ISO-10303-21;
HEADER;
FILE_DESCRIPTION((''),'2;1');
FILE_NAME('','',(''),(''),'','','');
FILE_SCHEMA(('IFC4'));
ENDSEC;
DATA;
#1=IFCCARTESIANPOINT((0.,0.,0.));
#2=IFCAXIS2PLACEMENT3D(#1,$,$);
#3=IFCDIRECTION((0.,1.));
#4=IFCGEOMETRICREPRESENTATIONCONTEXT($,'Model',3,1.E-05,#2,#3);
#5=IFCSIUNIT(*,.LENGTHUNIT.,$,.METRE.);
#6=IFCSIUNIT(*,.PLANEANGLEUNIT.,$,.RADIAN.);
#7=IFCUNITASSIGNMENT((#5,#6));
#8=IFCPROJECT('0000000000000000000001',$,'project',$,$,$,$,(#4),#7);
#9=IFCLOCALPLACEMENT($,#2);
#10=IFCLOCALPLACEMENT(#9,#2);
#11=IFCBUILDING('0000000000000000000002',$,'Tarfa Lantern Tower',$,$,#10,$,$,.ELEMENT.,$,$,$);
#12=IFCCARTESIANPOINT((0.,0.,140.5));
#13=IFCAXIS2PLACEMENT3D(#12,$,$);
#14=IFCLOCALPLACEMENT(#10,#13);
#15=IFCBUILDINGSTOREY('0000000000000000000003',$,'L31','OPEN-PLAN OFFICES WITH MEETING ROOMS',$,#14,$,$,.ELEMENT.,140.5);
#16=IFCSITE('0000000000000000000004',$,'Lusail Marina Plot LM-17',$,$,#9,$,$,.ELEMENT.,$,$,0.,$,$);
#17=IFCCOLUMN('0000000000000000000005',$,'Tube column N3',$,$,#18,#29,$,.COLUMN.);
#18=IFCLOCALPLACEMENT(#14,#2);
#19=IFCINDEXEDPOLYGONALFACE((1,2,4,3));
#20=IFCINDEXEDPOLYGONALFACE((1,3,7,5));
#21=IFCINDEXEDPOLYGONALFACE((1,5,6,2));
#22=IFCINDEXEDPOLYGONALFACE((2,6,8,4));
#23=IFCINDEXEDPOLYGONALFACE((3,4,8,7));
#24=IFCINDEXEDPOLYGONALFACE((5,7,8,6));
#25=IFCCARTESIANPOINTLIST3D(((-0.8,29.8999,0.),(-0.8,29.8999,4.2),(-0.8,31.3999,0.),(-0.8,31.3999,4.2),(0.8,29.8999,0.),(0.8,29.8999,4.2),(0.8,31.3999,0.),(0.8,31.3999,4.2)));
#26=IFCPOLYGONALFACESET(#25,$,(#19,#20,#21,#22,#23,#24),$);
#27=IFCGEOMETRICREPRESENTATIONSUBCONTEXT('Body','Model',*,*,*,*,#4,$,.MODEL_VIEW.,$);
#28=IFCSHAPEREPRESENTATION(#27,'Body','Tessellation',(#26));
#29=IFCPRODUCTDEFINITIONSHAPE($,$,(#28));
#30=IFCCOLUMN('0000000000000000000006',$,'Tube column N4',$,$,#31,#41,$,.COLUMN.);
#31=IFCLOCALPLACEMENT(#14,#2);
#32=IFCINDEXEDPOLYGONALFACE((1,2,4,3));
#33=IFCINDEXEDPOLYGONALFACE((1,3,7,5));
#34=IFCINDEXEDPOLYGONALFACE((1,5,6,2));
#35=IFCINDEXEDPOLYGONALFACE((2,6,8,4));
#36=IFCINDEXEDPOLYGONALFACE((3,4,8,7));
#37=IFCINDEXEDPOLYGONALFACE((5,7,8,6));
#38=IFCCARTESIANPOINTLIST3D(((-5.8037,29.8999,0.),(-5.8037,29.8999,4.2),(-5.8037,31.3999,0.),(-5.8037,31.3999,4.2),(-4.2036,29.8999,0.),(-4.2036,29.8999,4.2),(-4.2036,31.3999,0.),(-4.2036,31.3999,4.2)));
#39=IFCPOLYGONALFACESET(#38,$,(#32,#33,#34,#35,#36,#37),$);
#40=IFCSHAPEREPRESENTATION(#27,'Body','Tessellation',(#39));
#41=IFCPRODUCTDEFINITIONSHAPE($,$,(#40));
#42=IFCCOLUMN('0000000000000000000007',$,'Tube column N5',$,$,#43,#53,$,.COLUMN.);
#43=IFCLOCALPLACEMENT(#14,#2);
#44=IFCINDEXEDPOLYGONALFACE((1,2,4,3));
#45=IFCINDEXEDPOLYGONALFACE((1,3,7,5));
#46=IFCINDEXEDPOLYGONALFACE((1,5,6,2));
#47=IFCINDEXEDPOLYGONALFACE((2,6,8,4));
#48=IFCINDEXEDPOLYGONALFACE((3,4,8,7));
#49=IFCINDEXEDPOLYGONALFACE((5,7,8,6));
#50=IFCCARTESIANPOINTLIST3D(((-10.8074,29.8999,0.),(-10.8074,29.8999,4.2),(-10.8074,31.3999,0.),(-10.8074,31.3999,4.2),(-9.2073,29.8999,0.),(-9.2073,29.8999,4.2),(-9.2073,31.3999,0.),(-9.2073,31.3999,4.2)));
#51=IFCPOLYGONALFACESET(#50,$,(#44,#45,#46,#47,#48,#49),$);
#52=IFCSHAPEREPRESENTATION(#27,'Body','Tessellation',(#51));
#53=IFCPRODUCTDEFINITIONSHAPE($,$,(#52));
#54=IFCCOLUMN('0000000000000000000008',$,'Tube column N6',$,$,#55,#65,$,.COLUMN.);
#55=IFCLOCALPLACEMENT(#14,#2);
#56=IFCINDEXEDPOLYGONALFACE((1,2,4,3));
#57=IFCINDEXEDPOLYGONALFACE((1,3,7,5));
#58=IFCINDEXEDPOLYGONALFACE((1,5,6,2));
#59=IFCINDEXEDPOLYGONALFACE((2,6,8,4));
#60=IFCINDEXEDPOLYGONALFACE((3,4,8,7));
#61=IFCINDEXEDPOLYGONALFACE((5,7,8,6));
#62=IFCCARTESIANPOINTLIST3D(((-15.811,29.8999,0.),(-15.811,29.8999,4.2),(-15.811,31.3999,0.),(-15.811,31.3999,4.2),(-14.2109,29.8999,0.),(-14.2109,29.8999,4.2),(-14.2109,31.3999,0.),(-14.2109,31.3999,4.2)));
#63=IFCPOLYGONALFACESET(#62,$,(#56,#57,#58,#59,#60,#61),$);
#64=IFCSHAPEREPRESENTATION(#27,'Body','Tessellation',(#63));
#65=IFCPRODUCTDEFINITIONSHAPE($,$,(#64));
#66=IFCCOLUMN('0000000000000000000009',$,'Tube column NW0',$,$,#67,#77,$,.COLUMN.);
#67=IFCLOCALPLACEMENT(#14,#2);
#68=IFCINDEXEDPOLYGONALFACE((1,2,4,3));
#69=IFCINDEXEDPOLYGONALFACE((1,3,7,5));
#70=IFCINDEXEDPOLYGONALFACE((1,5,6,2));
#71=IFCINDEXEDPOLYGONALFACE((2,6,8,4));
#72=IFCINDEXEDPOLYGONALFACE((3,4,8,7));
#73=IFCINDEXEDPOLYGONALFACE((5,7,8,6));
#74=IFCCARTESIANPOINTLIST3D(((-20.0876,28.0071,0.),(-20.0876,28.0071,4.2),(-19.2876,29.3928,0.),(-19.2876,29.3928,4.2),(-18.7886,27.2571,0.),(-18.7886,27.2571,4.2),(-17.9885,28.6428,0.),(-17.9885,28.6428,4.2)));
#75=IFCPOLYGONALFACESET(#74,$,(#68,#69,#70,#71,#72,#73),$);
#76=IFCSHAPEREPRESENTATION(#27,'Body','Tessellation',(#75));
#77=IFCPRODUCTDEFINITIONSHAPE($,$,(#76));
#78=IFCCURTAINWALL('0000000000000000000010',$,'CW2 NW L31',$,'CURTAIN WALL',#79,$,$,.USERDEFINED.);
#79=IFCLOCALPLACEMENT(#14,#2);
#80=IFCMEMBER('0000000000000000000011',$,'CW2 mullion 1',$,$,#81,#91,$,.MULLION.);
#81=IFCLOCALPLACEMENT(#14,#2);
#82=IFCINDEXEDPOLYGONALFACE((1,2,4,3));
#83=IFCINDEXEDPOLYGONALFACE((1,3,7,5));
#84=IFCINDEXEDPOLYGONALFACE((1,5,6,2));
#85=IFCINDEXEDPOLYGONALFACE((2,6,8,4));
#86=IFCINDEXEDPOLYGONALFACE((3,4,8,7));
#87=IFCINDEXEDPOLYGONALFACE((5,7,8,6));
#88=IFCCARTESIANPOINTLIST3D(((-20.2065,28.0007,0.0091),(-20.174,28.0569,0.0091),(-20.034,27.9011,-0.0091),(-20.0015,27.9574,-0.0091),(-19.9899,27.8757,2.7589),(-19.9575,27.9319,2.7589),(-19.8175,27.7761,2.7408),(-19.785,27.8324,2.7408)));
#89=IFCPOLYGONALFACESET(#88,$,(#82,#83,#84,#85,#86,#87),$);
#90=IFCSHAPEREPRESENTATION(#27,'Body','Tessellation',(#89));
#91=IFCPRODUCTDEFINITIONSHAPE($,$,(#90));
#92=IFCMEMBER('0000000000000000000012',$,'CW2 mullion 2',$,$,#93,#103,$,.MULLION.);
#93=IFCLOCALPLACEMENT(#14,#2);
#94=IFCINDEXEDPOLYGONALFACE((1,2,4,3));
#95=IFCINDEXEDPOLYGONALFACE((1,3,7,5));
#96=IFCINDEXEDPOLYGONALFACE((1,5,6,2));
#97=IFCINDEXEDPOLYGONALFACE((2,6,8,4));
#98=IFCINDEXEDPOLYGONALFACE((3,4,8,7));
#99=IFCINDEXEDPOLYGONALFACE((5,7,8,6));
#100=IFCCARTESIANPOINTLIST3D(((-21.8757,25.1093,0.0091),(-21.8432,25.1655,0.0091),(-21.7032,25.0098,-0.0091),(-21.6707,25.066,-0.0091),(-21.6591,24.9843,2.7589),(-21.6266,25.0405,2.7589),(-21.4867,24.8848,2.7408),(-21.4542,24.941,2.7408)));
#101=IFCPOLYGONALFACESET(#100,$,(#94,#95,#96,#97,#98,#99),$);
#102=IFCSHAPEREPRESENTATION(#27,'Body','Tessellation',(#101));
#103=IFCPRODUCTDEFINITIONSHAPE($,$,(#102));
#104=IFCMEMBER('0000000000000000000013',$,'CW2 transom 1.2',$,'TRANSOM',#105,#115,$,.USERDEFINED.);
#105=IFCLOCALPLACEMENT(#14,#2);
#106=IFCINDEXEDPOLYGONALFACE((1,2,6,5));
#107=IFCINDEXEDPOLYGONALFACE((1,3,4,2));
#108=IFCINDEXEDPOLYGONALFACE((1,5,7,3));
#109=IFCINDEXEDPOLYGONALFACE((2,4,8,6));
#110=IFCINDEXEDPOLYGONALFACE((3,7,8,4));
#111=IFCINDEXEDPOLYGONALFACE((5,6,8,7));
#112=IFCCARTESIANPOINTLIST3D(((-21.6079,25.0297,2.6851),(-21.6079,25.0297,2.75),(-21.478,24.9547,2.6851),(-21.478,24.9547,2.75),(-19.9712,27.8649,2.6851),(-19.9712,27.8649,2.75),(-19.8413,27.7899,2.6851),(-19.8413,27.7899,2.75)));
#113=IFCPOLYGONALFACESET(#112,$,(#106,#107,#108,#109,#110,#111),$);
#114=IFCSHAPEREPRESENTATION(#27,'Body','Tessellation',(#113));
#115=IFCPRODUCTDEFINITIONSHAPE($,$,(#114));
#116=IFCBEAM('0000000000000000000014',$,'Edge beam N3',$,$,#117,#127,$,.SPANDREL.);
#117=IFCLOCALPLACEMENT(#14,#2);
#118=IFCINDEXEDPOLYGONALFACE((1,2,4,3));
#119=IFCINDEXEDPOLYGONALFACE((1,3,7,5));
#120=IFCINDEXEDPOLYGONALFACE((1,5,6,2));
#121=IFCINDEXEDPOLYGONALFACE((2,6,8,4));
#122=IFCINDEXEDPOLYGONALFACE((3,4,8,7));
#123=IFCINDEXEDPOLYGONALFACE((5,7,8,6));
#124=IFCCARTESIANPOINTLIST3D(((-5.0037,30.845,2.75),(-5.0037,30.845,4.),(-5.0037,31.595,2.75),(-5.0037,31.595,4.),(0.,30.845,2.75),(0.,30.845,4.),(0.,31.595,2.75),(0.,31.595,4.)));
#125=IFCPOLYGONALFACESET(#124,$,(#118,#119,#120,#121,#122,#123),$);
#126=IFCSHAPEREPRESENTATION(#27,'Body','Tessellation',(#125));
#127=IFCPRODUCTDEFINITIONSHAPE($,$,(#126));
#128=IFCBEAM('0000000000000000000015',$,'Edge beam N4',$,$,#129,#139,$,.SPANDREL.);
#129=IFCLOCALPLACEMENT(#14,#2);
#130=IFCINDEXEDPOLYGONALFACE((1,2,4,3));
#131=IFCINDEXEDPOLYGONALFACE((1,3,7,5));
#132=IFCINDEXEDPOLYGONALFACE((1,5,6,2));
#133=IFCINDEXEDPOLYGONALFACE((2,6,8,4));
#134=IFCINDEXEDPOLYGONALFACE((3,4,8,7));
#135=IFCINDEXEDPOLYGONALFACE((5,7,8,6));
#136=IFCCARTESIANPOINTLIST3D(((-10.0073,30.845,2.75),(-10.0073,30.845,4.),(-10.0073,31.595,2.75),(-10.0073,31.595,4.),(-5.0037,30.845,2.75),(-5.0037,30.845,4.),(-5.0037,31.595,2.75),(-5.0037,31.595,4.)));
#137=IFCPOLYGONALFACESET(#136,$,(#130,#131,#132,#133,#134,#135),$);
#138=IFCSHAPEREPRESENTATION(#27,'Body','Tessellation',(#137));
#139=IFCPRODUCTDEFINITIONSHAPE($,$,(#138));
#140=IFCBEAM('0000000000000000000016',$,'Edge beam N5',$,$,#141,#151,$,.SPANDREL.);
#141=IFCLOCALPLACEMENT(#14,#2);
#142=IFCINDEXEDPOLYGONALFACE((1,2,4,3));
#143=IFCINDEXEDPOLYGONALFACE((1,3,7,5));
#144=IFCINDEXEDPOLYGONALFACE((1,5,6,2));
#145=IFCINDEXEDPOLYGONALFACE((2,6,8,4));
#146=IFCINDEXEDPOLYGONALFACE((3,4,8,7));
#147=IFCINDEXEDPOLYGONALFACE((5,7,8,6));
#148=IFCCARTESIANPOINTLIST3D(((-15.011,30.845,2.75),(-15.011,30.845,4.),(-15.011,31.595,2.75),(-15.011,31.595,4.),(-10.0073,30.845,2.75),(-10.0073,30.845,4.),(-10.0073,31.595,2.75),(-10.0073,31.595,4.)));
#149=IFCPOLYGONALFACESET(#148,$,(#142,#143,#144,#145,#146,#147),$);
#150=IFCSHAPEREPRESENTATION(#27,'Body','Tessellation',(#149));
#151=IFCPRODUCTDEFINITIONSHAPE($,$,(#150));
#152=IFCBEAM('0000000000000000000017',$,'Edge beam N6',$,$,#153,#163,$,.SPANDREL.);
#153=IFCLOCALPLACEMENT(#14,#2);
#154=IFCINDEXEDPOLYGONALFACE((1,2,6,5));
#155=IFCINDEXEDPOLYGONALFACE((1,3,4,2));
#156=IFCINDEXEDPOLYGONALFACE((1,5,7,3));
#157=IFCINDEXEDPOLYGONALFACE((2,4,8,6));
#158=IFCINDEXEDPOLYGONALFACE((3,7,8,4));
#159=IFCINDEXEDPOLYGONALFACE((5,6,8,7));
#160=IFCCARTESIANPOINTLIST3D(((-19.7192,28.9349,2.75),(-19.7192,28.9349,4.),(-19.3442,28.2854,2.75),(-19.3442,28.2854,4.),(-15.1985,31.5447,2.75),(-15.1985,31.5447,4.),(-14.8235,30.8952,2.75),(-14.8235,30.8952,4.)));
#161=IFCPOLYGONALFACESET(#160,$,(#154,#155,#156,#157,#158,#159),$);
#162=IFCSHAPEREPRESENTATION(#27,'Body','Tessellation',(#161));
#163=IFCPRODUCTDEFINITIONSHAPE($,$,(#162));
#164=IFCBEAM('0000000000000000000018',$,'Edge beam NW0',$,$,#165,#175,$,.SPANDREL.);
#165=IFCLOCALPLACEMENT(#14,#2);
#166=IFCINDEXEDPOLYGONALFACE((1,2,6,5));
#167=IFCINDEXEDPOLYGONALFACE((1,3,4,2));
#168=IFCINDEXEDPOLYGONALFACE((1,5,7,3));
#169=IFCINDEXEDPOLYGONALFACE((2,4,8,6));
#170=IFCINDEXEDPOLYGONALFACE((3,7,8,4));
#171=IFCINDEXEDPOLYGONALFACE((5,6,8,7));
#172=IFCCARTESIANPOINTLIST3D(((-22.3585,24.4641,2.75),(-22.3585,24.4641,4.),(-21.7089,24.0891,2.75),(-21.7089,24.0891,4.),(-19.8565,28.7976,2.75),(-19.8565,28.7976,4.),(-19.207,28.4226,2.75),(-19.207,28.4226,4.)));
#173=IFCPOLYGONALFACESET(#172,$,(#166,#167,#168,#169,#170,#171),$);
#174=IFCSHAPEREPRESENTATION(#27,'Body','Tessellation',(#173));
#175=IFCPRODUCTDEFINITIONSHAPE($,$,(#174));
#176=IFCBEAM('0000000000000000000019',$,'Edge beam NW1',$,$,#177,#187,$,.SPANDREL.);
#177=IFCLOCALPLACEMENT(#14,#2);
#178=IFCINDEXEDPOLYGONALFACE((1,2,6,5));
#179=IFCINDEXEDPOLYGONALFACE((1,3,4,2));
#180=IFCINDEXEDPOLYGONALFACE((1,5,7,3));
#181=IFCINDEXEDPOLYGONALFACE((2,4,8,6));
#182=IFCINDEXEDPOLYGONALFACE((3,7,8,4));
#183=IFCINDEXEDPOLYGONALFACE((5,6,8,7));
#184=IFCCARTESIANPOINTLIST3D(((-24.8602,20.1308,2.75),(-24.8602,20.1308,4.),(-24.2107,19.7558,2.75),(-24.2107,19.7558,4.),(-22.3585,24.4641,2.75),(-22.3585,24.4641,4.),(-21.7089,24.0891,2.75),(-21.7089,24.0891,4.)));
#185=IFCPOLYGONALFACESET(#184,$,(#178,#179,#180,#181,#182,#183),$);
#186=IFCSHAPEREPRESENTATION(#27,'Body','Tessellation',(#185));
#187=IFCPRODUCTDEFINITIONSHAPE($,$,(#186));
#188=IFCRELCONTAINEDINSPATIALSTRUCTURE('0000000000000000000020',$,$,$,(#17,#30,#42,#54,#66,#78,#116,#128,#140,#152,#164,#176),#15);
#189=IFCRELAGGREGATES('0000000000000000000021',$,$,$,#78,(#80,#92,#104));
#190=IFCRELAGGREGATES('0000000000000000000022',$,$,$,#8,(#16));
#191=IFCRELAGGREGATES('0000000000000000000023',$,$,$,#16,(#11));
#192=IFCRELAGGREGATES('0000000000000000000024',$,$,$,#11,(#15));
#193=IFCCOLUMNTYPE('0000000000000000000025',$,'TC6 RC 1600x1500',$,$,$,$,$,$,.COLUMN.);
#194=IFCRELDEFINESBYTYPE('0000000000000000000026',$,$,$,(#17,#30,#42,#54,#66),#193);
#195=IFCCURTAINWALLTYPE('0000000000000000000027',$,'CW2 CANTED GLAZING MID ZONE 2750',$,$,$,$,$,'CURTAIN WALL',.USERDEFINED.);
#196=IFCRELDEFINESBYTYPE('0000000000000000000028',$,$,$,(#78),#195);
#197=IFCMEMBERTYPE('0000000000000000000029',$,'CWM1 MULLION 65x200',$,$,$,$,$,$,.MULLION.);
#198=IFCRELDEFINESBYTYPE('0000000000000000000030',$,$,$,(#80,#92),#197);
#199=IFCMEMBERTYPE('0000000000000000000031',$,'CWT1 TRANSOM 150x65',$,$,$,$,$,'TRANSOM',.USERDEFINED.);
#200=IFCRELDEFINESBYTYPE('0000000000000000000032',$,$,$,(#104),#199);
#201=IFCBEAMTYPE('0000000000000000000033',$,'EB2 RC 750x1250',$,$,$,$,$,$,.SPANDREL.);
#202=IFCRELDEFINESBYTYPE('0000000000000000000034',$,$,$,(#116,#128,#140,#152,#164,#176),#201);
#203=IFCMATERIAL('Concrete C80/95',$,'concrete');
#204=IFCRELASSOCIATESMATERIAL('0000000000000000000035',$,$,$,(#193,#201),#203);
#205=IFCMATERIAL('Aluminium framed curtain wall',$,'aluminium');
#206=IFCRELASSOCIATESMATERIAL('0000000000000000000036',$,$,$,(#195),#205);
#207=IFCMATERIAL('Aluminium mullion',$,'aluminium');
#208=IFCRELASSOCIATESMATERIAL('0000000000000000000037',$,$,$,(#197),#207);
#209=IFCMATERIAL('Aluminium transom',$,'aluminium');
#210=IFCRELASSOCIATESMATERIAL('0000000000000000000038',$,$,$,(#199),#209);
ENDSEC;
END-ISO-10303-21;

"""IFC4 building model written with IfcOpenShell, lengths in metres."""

from ifc_helpers import new_model, si_unit, direction, frame, origin, origin_2d, place, context, subcontext, project, spatial, rectangle, extrude, material, material_profile, profile_set, type_object, element, aggregate, save


model = new_model("IFC4")

# Units and contexts
model_context = context("Model", 3, precision=1e-05, world=origin(), true_north=direction((0.0, 1.0)))
body_context = subcontext(model_context, "Body", "Model", "MODEL_VIEW")
ifc_project = project(units=[si_unit("LENGTHUNIT", "METRE"), si_unit("PLANEANGLEUNIT", "RADIAN")], contexts=[model_context])

# Site, building, storey
site_placement = place(None, origin())
site = spatial("IfcSite", under=ifc_project, at=site_placement, Name="Lusail Marina Plot LM-17", CompositionType="ELEMENT", RefElevation=0.0)
building_placement = place(site_placement, origin())
building = spatial("IfcBuilding", under=site, at=building_placement, Name="Tarfa Lantern Tower", CompositionType="ELEMENT")
storey_placement = place(building_placement, frame((0.0, 0.0, 140.5)))
storey = spatial("IfcBuildingStorey", under=building, at=storey_placement, Name="L31", Description="OPEN-PLAN OFFICES WITH MEETING ROOMS", CompositionType="ELEMENT", Elevation=140.5)

# Columns
ifc_material_1 = material(Name="Concrete C80/95", Category="concrete")
ifc_material_profile_1 = material_profile(ifc_material_1, rectangle(XDim=1.6001, YDim=1.5, at=origin_2d()), Name="RC 1600x1500")
ifc_profile_set_1 = profile_set([ifc_material_profile_1], Name="Concrete C80/95")
column_type = type_object("IfcColumnType", Name="TC6 RC 1600x1500", PredefinedType="COLUMN", material=ifc_profile_set_1)
for number, where, z_axis, x_axis, name in (
    (1, (0.0, 30.6499, 0.0), (0.0, 0.0, 1.0), (-1.0, 0.0, 0.0), "Tube column N3"),
    (2, (-5.0037, 30.6499, 0.0), (0.0, 0.0, 1.0), (-1.0, 0.0, 0.0), "Tube column N4"),
    (3, (-10.0073, 30.6499, 0.0), (0.0, 0.0, 1.0), (-1.0, 0.0, 0.0), "Tube column N5"),
    (4, (-15.011, 30.6499, 0.0), (0.0, 0.0, 1.0), (-1.0, 0.0, 0.0), "Tube column N6"),
    (5, (-19.0381, 28.325, 0.0), (0.0, 0.0, 1.0), (-0.5, -0.866025, 0.0), "Tube column NW0"),
):
    element("IfcColumn", number, at=place(storey_placement, frame(where, z_axis=z_axis, x_axis=x_axis)), inside=storey, type_object=column_type, Name=name, PredefinedType="COLUMN", context=body_context, shape_type="SweptSolid", body=[
        extrude(rectangle(XDim=1.6001, YDim=1.5, at=origin_2d()), origin(), (0.0, 0.0, 1.0), 4.2),
    ])

# Curtain wall, members
ifc_material_2 = material(Name="Aluminium framed curtain wall", Category="aluminium")
curtain_wall_type = type_object("IfcCurtainWallType", Name="CW2 CANTED GLAZING MID ZONE 2750", ElementType="CURTAIN WALL", PredefinedType="USERDEFINED", material=ifc_material_2)
curtain_wall_placement = place(storey_placement, origin())
curtain_wall = element("IfcCurtainWall", 6, at=curtain_wall_placement, inside=storey, type_object=curtain_wall_type, Name="CW2 NW L31", ObjectType="CURTAIN WALL", PredefinedType="USERDEFINED")
ifc_material_3 = material(Name="Aluminium mullion", Category="aluminium")
ifc_material_profile_2 = material_profile(ifc_material_3, rectangle(XDim=0.0649, YDim=0.2, at=origin_2d()), Name="AL MULLION 65x200")
ifc_profile_set_2 = profile_set([ifc_material_profile_2], Name="Aluminium mullion")
member_type_1 = type_object("IfcMemberType", Name="CWM1 MULLION 65x200", PredefinedType="MULLION", material=ifc_profile_set_2)
member_1_placement = place(storey_placement, frame((-20.104, 27.979, 0.0), z_axis=(0.078423, -0.045268, 0.995892), x_axis=(0.49992, 0.866072, 0.0)))
member_1 = element("IfcMember", 7, at=member_1_placement, type_object=member_type_1, Name="CW2 mullion 1", PredefinedType="MULLION", context=body_context, shape_type="SweptSolid", body=[
    extrude(rectangle(XDim=0.0649, YDim=0.2, at=origin_2d()), origin(), (0.0, 0.0, 1.0), 2.7612),
])
member_2_placement = place(storey_placement, frame((-21.7732, 25.0876, 0.0), z_axis=(0.078423, -0.045268, 0.995892), x_axis=(0.49992, 0.866072, 0.0)))
member_2 = element("IfcMember", 8, at=member_2_placement, type_object=member_type_1, Name="CW2 mullion 2", PredefinedType="MULLION", context=body_context, shape_type="SweptSolid", body=[
    extrude(rectangle(XDim=0.0649, YDim=0.2, at=origin_2d()), origin(), (0.0, 0.0, 1.0), 2.7612),
])
ifc_material_4 = material(Name="Aluminium transom", Category="aluminium")
ifc_material_profile_3 = material_profile(ifc_material_4, rectangle(XDim=0.1499, YDim=0.0649, at=origin_2d()), Name="AL TRANSOM 150x65")
ifc_profile_set_3 = profile_set([ifc_material_profile_3], Name="Aluminium transom")
member_type_2 = type_object("IfcMemberType", Name="CWT1 TRANSOM 150x65", ElementType="TRANSOM", PredefinedType="USERDEFINED", material=ifc_profile_set_3)
member_3_placement = place(storey_placement, frame((-19.9062, 27.8274, 2.7175), z_axis=(-0.499957, -0.86605, 0.0), x_axis=(0.86605, -0.499957, 0.0)))
member_3 = element("IfcMember", 9, at=member_3_placement, type_object=member_type_2, Name="CW2 transom 1.2", ObjectType="TRANSOM", PredefinedType="USERDEFINED", context=body_context, shape_type="SweptSolid", body=[
    extrude(rectangle(XDim=0.1499, YDim=0.0649, at=origin_2d()), origin(), (0.0, 0.0, 1.0), 3.2737),
])

# Beams
ifc_material_profile_4 = material_profile(ifc_material_1, rectangle(XDim=0.75, YDim=1.25, at=origin_2d()), Name="RC 750x1250")
ifc_profile_set_4 = profile_set([ifc_material_profile_4], Name="Concrete C80/95")
beam_type_1 = type_object("IfcBeamType", Name="EB2 RC 750x1250", PredefinedType="SPANDREL", material=ifc_profile_set_4)
for number, where, z_axis, x_axis, name in (
    (10, (0.0, 31.22, 3.375), (-1.0, 0.0, 0.0), (0.0, -1.0, 0.0), "Edge beam N3"),
    (11, (-5.0037, 31.22, 3.375), (-1.0, 0.0, 0.0), (0.0, -1.0, 0.0), "Edge beam N4"),
    (12, (-10.0073, 31.22, 3.375), (-1.0, 0.0, 0.0), (0.0, -1.0, 0.0), "Edge beam N5"),
):
    element("IfcBeam", number, at=place(storey_placement, frame(where, z_axis=z_axis, x_axis=x_axis)), inside=storey, type_object=beam_type_1, Name=name, PredefinedType="SPANDREL", context=body_context, shape_type="SweptSolid", body=[
        extrude(rectangle(XDim=0.75, YDim=1.25, at=origin_2d()), origin(), (0.0, 0.0, 1.0), 5.0037),
    ])
beam_1_placement = place(storey_placement, frame((-15.011, 31.22, 3.375), z_axis=(-0.866042, -0.499972, 0.0), x_axis=(0.499972, -0.866042, 0.0)))
element("IfcBeam", 13, at=beam_1_placement, inside=storey, type_object=beam_type_1, Name="Edge beam N6", PredefinedType="SPANDREL", context=body_context, shape_type="SweptSolid", body=[
    extrude(rectangle(XDim=0.75, YDim=1.25, at=origin_2d()), origin(), (0.0, 0.0, 1.0), 5.22),
])
beam_2_placement = place(storey_placement, frame((-19.5317, 28.6101, 3.375), z_axis=(-0.500001, -0.866025, 0.0), x_axis=(0.866025, -0.500001, 0.0)))
element("IfcBeam", 14, at=beam_2_placement, inside=storey, type_object=beam_type_1, Name="Edge beam NW0", PredefinedType="SPANDREL", context=body_context, shape_type="SweptSolid", body=[
    extrude(rectangle(XDim=0.75, YDim=1.25, at=origin_2d()), origin(), (0.0, 0.0, 1.0), 5.0039),
])
beam_3_placement = place(storey_placement, frame((-22.0337, 24.2766, 3.375), z_axis=(-0.499986, -0.866034, 0.0), x_axis=(0.866034, -0.499986, 0.0)))
element("IfcBeam", 15, at=beam_3_placement, inside=storey, type_object=beam_type_1, Name="Edge beam NW1", PredefinedType="SPANDREL", context=body_context, shape_type="SweptSolid", body=[
    extrude(rectangle(XDim=0.75, YDim=1.25, at=origin_2d()), origin(), (0.0, 0.0, 1.0), 5.0037),
])

aggregate(curtain_wall, [member_1, member_2, member_3])

save(model, "model.ifc")
